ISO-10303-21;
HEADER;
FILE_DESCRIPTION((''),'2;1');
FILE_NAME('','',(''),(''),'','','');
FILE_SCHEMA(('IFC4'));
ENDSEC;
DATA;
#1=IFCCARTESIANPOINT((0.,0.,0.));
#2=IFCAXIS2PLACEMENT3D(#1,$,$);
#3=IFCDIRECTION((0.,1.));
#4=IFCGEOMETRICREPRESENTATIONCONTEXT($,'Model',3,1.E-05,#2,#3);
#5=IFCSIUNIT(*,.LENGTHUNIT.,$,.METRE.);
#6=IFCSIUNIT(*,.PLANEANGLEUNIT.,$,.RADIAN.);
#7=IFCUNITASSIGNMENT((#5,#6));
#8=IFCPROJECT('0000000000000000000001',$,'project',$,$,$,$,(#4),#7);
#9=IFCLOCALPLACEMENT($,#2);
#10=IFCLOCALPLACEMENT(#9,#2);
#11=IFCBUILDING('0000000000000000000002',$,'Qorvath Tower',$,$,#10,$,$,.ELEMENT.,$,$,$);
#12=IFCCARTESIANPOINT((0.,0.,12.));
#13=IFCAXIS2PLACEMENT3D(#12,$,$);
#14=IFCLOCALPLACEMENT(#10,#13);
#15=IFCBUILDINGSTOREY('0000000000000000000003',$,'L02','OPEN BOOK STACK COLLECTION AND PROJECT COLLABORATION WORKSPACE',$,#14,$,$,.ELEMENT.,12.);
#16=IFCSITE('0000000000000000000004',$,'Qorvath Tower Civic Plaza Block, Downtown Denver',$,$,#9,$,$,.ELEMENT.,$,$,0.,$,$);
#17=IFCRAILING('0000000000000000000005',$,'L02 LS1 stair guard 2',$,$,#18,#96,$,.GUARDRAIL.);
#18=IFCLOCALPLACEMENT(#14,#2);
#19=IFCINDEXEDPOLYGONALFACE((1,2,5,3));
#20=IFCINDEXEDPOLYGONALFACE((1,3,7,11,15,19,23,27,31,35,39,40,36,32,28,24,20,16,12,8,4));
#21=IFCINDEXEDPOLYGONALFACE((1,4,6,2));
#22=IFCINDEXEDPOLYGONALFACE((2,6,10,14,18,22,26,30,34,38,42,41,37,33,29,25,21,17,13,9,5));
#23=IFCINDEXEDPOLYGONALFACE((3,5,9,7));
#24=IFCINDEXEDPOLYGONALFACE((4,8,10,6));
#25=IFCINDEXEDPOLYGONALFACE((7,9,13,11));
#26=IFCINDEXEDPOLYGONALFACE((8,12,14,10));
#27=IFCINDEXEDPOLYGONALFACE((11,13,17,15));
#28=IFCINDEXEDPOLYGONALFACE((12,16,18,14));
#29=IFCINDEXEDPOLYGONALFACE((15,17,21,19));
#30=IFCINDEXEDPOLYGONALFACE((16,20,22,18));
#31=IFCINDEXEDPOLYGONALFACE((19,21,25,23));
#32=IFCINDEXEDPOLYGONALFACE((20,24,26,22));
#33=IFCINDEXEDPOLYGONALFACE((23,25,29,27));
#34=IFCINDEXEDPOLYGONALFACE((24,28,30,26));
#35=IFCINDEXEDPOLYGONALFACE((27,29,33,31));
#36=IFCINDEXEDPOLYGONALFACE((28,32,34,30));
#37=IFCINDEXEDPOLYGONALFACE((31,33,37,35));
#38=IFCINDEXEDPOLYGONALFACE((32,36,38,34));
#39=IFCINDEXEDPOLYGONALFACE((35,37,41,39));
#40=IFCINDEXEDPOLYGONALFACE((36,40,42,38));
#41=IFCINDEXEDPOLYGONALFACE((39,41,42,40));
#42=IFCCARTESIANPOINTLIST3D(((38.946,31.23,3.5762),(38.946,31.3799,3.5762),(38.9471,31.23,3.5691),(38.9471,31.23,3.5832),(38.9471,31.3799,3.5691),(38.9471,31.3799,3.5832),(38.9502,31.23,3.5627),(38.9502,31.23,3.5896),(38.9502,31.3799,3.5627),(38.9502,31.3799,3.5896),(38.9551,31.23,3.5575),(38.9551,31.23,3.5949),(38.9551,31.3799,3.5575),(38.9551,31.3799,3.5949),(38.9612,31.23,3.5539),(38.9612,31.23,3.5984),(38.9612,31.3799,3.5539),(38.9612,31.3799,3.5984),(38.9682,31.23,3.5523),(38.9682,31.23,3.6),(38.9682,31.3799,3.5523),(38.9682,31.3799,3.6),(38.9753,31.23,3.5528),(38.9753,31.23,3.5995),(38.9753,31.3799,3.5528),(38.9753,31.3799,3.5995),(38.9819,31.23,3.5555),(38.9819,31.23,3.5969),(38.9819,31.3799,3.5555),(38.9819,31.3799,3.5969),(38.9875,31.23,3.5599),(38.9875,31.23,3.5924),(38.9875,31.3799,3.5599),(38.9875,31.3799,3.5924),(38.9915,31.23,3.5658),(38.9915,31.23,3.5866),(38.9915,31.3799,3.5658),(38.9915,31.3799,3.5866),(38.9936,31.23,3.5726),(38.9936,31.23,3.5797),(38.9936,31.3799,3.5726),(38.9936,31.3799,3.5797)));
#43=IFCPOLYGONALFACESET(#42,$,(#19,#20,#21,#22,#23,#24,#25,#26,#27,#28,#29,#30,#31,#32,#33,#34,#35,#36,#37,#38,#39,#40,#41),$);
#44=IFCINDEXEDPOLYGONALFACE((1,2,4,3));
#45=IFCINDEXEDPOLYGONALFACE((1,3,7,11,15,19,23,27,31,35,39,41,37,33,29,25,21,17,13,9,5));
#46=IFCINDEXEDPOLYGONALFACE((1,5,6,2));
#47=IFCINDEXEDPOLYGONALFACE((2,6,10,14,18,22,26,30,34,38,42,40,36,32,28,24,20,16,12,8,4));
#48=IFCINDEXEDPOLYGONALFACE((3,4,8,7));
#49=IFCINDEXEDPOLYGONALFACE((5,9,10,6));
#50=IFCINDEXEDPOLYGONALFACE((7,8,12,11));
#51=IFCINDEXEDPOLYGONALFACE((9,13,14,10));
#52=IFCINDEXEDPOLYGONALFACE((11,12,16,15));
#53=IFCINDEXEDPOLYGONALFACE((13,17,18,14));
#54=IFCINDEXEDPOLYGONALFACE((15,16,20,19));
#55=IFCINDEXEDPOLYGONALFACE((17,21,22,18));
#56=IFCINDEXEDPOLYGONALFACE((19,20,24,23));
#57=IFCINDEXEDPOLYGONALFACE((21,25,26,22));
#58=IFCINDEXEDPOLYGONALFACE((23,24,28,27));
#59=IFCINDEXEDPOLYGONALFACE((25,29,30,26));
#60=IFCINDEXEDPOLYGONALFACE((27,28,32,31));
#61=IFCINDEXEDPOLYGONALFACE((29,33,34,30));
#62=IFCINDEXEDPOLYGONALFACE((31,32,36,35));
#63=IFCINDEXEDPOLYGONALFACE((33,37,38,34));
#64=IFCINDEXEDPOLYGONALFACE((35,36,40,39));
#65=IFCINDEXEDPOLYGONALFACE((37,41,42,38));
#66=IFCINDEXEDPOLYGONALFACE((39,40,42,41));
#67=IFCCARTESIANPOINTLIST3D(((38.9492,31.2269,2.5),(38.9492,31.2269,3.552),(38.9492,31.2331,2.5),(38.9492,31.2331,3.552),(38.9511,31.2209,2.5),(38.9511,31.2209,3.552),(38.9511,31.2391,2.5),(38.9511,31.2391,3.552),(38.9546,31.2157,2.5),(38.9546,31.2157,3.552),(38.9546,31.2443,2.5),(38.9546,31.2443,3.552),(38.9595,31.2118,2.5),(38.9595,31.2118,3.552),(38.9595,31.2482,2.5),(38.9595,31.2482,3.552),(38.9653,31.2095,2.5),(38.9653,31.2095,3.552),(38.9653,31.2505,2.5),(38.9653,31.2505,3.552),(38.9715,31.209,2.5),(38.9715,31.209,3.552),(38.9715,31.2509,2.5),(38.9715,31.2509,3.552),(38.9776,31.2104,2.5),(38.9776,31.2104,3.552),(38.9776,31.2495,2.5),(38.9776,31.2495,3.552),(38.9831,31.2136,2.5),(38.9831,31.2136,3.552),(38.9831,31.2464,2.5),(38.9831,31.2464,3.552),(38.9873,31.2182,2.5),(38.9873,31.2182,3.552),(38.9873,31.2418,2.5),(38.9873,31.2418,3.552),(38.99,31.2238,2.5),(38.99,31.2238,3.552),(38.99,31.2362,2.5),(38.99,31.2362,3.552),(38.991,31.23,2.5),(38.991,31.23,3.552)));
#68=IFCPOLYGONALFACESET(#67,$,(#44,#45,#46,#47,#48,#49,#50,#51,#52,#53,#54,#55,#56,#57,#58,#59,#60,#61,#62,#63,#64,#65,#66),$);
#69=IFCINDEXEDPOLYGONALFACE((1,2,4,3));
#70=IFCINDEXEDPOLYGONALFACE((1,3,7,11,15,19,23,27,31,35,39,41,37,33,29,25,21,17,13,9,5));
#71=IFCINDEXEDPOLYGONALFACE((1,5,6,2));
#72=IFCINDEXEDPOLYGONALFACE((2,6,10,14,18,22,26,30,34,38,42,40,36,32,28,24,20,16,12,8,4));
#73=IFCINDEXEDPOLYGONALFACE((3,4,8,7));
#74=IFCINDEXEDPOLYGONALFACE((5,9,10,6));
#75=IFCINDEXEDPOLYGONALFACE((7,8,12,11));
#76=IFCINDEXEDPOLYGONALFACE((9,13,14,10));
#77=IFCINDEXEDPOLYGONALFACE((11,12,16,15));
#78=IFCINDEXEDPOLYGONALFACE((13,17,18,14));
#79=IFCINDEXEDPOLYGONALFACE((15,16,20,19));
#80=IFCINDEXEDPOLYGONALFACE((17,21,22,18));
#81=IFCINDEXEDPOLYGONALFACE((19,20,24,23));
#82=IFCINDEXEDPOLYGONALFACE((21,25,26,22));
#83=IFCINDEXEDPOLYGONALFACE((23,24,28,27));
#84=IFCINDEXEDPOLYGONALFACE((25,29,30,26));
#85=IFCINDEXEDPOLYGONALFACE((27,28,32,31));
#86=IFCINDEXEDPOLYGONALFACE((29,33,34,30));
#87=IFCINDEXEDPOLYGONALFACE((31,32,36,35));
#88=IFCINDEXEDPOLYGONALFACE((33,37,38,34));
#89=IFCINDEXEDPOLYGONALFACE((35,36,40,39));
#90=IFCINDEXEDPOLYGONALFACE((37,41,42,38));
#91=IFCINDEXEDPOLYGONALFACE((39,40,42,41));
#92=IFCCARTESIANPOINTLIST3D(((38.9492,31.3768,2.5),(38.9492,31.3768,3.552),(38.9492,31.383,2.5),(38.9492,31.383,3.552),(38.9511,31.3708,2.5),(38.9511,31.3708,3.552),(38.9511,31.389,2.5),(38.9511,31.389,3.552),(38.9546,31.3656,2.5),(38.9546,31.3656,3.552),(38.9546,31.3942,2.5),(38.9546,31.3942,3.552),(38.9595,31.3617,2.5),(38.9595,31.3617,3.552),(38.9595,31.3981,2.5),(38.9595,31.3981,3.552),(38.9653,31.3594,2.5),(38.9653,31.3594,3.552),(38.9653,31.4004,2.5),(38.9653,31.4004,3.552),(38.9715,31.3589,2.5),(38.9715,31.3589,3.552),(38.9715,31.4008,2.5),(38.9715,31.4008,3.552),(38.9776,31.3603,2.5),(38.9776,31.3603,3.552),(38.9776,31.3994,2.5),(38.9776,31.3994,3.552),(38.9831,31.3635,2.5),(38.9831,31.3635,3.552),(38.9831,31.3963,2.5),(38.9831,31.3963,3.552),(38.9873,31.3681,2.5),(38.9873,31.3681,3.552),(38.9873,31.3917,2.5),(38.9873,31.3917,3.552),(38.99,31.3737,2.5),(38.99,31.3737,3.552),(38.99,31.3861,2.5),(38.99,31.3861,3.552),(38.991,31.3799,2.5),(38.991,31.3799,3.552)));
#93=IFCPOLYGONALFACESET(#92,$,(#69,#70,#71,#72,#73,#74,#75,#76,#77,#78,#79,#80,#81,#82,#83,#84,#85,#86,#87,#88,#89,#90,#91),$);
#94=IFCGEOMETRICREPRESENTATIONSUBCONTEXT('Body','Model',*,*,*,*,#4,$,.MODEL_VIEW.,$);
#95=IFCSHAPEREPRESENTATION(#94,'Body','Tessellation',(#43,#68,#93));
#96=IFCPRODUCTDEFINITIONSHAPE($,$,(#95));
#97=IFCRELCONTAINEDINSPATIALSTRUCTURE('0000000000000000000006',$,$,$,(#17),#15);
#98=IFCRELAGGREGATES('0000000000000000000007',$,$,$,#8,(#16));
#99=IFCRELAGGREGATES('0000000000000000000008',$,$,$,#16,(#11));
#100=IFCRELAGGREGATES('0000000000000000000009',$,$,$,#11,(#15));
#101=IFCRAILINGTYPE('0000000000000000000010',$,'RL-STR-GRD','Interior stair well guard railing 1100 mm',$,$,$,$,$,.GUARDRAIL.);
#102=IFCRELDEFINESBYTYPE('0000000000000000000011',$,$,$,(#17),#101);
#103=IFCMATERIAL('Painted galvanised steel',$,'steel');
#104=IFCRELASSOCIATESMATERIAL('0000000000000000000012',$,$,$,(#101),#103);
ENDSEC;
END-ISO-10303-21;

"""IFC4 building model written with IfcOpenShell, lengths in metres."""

from ifc_helpers import new_model, si_unit, direction, frame, origin, origin_2d, place, context, subcontext, project, spatial, circle, extrude, material, type_object, element, save


model = new_model("IFC4")

# Units and contexts
model_context = context("Model", 3, precision=1e-05, world=origin(), true_north=direction((0.0, 1.0)))
body_context = subcontext(model_context, "Body", "Model", "MODEL_VIEW")
ifc_project = project(units=[si_unit("LENGTHUNIT", "METRE"), si_unit("PLANEANGLEUNIT", "RADIAN")], contexts=[model_context])

# Site, building, storey
site_placement = place(None, origin())
site = spatial("IfcSite", under=ifc_project, at=site_placement, Name="Qorvath Tower Civic Plaza Block, Downtown Denver", CompositionType="ELEMENT", RefElevation=0.0)
building_placement = place(site_placement, origin())
building = spatial("IfcBuilding", under=site, at=building_placement, Name="Qorvath Tower", CompositionType="ELEMENT")
storey_placement = place(building_placement, frame((0.0, 0.0, 12.0)))
storey = spatial("IfcBuildingStorey", under=building, at=storey_placement, Name="L02", Description="OPEN BOOK STACK COLLECTION AND PROJECT COLLABORATION WORKSPACE", CompositionType="ELEMENT", Elevation=12.0)

# Railing
ifc_material_1 = material(Name="Painted galvanised steel", Category="steel")
railing_type_1 = type_object("IfcRailingType", Name="RL-STR-GRD", Description="Interior stair well guard railing 1100 mm", PredefinedType="GUARDRAIL", material=ifc_material_1)
railing_1_placement = place(storey_placement, frame((38.97, 31.23, 2.5)))
element("IfcRailing", 1, at=railing_1_placement, inside=storey, type_object=railing_type_1, Name="L02 LS1 stair guard 2", PredefinedType="GUARDRAIL", context=body_context, shape_type="SweptSolid", body=[
    extrude(circle(Radius=0.0239, at=origin_2d()), frame((0.0, 0.0, 1.0762), z_axis=(0.0, 1.0, 0.0), x_axis=(-1.0, 0.0, 0.0)), (0.0, 0.0, 1.0), 0.1499),
    extrude(circle(Radius=0.021, at=origin_2d()), origin(), (0.0, 0.0, 1.0), 1.052),
    extrude(circle(Radius=0.021, at=origin_2d()), frame((0.0, 0.1499, 0.0)), (0.0, 0.0, 1.0), 1.052),
])

save(model, "model.ifc")
